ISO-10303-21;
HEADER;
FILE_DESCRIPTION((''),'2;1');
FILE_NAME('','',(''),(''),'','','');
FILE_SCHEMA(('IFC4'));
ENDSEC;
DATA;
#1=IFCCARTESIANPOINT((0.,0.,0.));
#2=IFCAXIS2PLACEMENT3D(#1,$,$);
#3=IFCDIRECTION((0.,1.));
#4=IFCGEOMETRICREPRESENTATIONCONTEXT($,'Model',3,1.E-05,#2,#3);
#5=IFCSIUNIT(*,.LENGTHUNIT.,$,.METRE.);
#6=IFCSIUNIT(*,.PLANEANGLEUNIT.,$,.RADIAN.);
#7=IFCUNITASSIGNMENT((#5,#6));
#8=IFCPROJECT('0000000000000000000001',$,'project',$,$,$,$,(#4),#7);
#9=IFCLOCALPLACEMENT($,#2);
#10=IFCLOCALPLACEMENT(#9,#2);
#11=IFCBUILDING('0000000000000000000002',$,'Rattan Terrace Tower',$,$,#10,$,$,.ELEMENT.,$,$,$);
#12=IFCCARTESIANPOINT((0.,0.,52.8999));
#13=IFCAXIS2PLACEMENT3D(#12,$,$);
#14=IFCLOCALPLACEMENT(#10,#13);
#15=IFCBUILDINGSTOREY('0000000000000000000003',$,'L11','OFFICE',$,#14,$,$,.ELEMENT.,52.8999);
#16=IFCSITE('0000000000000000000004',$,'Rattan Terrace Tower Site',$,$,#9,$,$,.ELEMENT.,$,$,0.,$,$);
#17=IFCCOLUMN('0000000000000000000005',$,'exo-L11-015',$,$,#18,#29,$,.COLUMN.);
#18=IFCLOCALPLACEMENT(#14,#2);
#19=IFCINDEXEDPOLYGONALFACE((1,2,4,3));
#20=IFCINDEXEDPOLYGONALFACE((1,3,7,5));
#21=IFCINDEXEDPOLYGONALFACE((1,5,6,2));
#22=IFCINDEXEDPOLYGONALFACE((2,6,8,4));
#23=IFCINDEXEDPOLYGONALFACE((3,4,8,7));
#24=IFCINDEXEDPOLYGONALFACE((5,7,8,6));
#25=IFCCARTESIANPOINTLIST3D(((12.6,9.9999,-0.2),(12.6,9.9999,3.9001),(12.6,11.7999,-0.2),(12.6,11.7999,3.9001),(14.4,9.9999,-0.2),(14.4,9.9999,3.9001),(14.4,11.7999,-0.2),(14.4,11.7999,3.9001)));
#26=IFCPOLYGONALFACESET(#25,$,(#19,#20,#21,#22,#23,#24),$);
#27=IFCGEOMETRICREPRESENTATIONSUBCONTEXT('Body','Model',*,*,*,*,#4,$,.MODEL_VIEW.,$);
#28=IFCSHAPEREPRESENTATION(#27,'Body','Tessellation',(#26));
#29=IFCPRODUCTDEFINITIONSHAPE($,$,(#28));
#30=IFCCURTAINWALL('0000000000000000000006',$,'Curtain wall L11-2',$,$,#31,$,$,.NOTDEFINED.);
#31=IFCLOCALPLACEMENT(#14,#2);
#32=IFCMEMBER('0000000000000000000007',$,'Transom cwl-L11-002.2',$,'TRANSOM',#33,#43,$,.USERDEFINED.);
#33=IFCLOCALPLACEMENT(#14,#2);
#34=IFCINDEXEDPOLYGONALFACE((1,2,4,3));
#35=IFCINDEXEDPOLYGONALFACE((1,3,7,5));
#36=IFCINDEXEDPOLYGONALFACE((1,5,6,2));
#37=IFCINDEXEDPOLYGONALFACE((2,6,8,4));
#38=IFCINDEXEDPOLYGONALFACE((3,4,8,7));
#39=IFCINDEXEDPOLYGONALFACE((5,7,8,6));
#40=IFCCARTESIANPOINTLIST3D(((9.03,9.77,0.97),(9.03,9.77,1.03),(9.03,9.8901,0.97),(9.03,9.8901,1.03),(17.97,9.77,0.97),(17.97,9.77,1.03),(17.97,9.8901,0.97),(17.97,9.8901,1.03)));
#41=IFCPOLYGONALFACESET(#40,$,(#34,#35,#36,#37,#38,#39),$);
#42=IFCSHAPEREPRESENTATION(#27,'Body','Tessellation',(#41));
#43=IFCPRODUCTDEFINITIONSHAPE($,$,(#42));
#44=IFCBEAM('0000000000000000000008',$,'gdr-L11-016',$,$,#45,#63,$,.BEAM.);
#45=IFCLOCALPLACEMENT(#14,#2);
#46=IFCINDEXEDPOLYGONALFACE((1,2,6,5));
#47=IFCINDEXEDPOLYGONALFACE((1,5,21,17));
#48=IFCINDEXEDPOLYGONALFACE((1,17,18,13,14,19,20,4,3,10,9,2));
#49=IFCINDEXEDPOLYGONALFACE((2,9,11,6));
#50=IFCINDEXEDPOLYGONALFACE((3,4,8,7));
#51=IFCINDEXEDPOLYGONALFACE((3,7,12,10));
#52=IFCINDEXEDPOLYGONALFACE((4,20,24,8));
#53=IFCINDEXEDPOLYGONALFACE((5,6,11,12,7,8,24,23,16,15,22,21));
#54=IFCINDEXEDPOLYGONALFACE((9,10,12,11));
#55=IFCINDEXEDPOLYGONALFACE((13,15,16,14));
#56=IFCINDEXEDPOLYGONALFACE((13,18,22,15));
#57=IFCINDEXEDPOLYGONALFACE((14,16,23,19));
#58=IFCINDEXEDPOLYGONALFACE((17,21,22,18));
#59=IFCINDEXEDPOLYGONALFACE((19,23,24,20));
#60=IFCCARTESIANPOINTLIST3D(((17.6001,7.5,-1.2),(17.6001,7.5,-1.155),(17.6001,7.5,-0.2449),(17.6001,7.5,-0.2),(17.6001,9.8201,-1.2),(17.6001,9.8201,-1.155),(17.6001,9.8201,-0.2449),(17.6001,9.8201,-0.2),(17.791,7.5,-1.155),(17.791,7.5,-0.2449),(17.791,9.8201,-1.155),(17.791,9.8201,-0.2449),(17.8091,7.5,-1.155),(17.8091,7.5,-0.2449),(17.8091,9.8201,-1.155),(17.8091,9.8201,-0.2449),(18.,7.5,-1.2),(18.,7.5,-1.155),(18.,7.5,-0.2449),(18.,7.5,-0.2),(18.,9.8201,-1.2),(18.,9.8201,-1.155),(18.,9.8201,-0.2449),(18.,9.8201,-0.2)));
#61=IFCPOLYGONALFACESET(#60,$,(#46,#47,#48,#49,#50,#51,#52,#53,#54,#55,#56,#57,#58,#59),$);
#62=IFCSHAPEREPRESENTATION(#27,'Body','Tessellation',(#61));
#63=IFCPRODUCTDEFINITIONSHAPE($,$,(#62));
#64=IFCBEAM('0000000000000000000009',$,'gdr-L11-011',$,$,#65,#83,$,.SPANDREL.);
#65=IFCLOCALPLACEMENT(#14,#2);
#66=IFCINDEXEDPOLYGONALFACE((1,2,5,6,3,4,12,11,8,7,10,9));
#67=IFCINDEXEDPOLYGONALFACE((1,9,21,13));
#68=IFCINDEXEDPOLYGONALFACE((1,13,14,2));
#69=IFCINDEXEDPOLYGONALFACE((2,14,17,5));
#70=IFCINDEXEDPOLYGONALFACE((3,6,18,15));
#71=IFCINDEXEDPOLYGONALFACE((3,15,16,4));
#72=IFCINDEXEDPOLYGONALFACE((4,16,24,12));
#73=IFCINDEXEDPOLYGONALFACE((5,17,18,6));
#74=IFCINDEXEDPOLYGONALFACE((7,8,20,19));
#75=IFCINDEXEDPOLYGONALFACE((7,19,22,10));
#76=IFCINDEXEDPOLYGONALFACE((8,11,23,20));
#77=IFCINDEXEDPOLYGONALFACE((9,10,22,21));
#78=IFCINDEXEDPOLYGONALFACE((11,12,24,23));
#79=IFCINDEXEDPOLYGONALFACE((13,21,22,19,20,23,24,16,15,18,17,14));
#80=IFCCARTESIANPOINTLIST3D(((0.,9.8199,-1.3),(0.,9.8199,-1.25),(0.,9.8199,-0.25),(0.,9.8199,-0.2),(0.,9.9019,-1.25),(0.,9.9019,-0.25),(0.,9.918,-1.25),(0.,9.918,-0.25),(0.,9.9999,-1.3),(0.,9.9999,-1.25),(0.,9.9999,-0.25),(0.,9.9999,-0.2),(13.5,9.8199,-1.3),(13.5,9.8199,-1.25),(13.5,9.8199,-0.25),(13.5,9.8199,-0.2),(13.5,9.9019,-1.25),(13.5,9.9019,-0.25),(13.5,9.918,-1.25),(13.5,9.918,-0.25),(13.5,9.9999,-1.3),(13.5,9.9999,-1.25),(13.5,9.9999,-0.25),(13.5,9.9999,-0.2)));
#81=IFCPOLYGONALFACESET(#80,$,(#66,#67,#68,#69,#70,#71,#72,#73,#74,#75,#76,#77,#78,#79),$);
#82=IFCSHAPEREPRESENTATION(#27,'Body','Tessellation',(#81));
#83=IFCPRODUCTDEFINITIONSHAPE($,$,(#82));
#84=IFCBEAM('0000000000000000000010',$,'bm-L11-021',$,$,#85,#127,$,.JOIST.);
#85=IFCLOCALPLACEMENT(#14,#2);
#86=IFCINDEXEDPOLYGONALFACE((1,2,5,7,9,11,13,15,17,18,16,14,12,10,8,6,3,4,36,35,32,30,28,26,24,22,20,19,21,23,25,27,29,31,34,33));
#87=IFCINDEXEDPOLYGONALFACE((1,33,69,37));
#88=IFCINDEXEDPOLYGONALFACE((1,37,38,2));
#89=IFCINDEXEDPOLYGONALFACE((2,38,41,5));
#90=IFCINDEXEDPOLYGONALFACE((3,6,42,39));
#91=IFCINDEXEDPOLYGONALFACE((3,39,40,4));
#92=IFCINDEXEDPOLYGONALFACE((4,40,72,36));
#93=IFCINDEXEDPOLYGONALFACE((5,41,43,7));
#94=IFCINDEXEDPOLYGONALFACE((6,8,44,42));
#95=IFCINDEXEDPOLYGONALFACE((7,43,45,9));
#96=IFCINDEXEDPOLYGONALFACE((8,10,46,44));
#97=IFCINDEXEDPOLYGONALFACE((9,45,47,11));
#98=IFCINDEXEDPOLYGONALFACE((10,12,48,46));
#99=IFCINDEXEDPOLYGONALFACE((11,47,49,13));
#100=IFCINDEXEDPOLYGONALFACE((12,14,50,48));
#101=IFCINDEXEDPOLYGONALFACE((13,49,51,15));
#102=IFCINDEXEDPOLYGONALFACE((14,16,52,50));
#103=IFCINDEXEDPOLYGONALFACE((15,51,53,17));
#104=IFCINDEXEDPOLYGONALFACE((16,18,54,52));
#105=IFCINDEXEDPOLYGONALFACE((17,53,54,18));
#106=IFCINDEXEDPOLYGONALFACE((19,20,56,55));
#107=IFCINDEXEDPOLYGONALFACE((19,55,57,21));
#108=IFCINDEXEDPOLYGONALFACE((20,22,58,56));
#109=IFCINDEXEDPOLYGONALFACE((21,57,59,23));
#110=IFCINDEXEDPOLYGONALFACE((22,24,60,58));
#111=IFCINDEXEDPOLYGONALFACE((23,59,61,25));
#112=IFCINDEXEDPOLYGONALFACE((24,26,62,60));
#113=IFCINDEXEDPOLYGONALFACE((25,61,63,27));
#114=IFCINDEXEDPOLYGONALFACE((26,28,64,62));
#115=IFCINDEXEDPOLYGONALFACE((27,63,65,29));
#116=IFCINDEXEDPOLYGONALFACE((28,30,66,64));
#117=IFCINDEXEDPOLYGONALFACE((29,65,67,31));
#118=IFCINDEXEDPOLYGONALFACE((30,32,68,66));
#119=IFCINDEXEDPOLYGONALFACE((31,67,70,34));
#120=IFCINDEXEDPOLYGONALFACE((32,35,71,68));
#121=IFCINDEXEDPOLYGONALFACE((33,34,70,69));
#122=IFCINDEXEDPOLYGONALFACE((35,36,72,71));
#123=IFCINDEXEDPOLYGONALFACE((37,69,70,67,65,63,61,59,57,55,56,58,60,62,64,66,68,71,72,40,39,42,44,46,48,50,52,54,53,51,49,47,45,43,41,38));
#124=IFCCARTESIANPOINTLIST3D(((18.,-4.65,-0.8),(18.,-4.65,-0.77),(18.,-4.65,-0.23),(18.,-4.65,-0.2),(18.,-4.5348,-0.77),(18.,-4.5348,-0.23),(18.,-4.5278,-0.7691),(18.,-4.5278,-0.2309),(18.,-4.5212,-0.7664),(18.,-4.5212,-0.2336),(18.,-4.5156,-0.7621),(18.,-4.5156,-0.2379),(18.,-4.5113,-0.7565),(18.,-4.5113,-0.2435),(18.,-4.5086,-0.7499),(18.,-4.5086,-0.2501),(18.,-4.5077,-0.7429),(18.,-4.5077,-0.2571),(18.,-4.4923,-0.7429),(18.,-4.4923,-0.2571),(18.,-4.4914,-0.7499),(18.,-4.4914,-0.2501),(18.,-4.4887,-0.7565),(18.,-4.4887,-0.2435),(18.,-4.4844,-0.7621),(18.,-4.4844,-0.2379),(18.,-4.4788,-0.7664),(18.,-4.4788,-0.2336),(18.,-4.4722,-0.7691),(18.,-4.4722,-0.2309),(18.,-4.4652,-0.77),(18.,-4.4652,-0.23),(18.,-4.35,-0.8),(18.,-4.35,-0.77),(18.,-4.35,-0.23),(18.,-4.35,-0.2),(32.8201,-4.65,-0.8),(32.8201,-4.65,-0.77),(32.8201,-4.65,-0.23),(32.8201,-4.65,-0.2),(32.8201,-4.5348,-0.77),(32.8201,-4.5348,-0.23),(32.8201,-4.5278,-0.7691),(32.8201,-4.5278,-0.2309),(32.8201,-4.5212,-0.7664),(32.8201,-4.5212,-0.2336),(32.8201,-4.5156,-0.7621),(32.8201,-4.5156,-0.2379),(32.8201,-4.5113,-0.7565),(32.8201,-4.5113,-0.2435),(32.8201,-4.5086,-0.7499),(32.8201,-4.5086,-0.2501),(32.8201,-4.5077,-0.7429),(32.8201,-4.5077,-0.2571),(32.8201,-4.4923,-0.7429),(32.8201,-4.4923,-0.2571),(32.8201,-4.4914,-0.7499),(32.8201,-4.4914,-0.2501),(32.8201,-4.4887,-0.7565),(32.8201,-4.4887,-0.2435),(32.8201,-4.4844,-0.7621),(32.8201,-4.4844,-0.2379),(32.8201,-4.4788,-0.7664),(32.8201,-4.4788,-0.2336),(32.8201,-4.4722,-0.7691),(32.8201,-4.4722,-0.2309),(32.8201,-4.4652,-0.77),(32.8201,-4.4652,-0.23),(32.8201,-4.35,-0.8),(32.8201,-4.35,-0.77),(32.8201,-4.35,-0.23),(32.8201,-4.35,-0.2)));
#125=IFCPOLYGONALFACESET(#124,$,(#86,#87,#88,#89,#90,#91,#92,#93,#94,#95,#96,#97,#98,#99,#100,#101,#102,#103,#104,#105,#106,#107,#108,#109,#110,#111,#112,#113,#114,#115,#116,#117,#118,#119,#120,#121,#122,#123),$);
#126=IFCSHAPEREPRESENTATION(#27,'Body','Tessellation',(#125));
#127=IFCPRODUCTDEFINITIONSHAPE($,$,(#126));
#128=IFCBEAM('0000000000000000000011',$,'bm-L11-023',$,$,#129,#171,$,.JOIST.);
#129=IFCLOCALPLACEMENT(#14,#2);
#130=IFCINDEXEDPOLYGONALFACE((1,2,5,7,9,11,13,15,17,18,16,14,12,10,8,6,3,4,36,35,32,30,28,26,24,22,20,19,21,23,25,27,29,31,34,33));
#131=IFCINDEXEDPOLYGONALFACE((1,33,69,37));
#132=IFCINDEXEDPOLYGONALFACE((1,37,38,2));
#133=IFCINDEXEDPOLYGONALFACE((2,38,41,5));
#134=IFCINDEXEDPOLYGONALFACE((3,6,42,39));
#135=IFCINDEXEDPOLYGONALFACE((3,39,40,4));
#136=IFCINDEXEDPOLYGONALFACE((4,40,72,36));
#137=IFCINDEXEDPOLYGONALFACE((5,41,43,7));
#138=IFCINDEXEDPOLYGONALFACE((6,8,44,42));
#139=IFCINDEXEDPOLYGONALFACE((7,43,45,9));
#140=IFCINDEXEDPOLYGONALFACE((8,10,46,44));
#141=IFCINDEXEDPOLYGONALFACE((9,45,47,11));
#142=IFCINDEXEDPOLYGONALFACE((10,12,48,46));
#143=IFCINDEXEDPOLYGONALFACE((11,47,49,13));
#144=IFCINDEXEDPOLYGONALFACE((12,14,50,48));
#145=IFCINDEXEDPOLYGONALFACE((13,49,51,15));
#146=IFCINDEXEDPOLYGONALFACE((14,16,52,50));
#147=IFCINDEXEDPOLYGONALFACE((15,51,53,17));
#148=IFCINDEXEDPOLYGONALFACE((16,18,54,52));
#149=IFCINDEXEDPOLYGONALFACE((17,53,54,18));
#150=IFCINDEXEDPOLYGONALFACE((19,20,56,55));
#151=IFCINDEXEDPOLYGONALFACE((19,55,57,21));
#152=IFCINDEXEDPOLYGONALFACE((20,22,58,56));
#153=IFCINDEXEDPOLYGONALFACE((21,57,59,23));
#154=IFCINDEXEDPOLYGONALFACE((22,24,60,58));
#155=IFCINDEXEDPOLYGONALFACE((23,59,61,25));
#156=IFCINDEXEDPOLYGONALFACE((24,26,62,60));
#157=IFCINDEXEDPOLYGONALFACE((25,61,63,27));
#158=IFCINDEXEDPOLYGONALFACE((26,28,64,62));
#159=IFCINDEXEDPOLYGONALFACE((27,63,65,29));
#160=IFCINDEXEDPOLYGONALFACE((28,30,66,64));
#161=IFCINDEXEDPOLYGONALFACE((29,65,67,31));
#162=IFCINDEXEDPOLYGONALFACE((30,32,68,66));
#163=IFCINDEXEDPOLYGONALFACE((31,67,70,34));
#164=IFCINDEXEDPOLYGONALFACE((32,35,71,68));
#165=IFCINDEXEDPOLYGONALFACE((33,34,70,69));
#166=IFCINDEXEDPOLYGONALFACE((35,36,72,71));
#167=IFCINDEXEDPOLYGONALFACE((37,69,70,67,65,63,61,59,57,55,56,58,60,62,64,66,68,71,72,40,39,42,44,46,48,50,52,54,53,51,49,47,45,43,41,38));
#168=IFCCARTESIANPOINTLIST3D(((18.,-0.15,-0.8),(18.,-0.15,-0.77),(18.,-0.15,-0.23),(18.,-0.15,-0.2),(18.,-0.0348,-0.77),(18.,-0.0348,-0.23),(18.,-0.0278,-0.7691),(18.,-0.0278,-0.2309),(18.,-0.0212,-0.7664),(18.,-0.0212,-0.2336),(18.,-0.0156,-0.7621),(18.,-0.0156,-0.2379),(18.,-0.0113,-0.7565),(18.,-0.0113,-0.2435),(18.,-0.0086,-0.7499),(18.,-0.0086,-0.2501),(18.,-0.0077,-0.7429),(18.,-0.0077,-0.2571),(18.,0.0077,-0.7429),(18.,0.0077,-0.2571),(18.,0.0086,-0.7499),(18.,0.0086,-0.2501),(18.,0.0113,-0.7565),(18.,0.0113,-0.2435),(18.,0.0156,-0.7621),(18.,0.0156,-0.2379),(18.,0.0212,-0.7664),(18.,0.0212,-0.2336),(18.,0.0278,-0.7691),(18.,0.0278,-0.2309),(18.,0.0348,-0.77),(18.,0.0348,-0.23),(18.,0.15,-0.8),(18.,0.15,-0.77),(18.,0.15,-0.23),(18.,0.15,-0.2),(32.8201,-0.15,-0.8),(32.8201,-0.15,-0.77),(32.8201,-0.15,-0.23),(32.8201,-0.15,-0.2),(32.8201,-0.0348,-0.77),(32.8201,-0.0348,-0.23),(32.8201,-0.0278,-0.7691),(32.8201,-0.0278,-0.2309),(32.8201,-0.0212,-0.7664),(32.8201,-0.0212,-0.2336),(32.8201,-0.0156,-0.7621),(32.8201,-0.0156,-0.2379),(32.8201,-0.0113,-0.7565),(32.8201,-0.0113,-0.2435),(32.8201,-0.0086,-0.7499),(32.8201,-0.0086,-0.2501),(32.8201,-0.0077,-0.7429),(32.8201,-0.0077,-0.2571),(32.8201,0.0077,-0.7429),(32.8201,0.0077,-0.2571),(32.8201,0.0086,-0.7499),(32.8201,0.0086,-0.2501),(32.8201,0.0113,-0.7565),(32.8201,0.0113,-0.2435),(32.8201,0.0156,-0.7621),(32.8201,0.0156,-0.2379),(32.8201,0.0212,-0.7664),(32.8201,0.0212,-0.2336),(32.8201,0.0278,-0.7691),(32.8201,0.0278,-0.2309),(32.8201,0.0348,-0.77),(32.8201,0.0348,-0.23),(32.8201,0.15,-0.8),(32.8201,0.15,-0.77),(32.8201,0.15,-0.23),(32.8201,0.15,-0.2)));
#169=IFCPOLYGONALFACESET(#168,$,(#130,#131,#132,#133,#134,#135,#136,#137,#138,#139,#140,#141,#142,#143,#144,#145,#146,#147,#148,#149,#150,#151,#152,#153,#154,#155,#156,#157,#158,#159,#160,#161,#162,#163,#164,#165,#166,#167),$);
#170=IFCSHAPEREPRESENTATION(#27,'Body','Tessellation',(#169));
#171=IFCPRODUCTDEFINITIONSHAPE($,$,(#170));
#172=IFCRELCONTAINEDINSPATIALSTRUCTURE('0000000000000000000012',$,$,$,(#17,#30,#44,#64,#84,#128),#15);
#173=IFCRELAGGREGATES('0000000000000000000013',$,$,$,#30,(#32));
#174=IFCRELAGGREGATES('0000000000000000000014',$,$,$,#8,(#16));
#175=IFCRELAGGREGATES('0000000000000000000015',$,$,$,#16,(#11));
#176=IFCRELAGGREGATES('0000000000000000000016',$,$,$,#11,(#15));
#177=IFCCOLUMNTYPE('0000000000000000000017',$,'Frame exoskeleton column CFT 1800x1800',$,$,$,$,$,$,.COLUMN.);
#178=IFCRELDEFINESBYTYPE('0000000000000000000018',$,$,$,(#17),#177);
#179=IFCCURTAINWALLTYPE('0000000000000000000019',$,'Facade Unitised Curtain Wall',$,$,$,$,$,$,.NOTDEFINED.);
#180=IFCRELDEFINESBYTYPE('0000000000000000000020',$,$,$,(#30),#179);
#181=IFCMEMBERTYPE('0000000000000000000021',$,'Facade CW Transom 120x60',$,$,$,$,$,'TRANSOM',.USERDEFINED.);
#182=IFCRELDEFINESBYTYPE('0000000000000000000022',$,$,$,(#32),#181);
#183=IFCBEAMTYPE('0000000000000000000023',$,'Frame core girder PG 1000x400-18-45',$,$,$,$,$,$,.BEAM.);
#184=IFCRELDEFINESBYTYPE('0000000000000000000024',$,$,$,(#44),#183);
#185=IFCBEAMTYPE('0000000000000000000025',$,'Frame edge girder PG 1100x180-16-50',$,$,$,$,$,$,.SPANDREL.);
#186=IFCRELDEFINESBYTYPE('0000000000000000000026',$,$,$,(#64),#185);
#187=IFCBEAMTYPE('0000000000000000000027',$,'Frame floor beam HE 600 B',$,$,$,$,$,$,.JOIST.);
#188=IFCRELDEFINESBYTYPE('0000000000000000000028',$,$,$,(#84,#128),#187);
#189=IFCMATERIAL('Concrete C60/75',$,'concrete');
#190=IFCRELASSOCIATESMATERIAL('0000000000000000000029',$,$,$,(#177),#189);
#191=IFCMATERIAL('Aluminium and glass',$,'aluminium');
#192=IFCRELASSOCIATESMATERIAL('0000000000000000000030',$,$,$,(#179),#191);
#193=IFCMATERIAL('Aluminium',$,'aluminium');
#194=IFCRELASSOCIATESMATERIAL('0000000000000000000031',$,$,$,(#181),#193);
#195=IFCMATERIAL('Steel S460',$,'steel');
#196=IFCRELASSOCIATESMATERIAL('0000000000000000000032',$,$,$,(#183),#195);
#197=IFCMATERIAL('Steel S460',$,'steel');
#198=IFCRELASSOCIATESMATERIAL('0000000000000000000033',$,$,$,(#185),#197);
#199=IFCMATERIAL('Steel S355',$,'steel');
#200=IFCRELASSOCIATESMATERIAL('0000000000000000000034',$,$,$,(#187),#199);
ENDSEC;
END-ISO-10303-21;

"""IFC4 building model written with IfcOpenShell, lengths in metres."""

from ifc_helpers import new_model, si_unit, direction, frame, origin, origin_2d, place, context, subcontext, project, spatial, rectangle, i_section, extrude, material, material_profile, profile_set, type_object, element, aggregate, save


model = new_model("IFC4")

# Units and contexts
model_context = context("Model", 3, precision=1e-05, world=origin(), true_north=direction((0.0, 1.0)))
body_context = subcontext(model_context, "Body", "Model", "MODEL_VIEW")
ifc_project = project(units=[si_unit("LENGTHUNIT", "METRE"), si_unit("PLANEANGLEUNIT", "RADIAN")], contexts=[model_context])

# Site, building, storey
site_placement = place(None, origin())
site = spatial("IfcSite", under=ifc_project, at=site_placement, Name="Rattan Terrace Tower Site", CompositionType="ELEMENT", RefElevation=0.0)
building_placement = place(site_placement, origin())
building = spatial("IfcBuilding", under=site, at=building_placement, Name="Rattan Terrace Tower", CompositionType="ELEMENT")
storey_placement = place(building_placement, frame((0.0, 0.0, 52.8999)))
storey = spatial("IfcBuildingStorey", under=building, at=storey_placement, Name="L11", Description="OFFICE", CompositionType="ELEMENT", Elevation=52.8999)

# Column
ifc_material_1 = material(Name="Concrete C60/75", Category="concrete")
ifc_material_profile_1 = material_profile(ifc_material_1, rectangle(XDim=1.8, YDim=1.8, at=origin_2d()), Name="CFT 1800x1800")
ifc_profile_set_1 = profile_set([ifc_material_profile_1], Name="Concrete C60/75")
column_type = type_object("IfcColumnType", Name="Frame exoskeleton column CFT 1800x1800", PredefinedType="COLUMN", material=ifc_profile_set_1)
column_placement = place(storey_placement, frame((13.5, 10.8999, -0.2), z_axis=(0.0, 0.0, 1.0), x_axis=(1.0, 0.0, 0.0)))
element("IfcColumn", 1, at=column_placement, inside=storey, type_object=column_type, Name="exo-L11-015", PredefinedType="COLUMN", context=body_context, shape_type="SweptSolid", body=[
    extrude(rectangle(XDim=1.8, YDim=1.8, at=origin_2d()), origin(), (0.0, 0.0, 1.0), 4.1001),
])

# Curtain wall, member
ifc_material_2 = material(Name="Aluminium and glass", Category="aluminium")
curtain_wall_type = type_object("IfcCurtainWallType", Name="Facade Unitised Curtain Wall", PredefinedType="NOTDEFINED", material=ifc_material_2)
curtain_wall_placement = place(storey_placement, origin())
curtain_wall = element("IfcCurtainWall", 2, at=curtain_wall_placement, inside=storey, type_object=curtain_wall_type, Name="Curtain wall L11-2", PredefinedType="NOTDEFINED")
ifc_material_3 = material(Name="Aluminium", Category="aluminium")
ifc_material_profile_2 = material_profile(ifc_material_3, rectangle(XDim=0.1201, YDim=0.0601, at=origin_2d()), Name="Aluminium 120x60")
ifc_profile_set_2 = profile_set([ifc_material_profile_2], Name="Aluminium")
member_type = type_object("IfcMemberType", Name="Facade CW Transom 120x60", ElementType="TRANSOM", PredefinedType="USERDEFINED", material=ifc_profile_set_2)
member_placement = place(storey_placement, frame((17.97, 9.8301, 1.0), z_axis=(-1.0, 0.0, 0.0), x_axis=(0.0, -1.0, 0.0)))
member = element("IfcMember", 3, at=member_placement, type_object=member_type, Name="Transom cwl-L11-002.2", ObjectType="TRANSOM", PredefinedType="USERDEFINED", context=body_context, shape_type="SweptSolid", body=[
    extrude(rectangle(XDim=0.1201, YDim=0.0601, at=origin_2d()), origin(), (0.0, 0.0, 1.0), 8.9399),
])

# Beams
ifc_material_4 = material(Name="Steel S460", Category="steel")
ifc_material_profile_3 = material_profile(ifc_material_4, i_section(OverallWidth=0.3999, OverallDepth=1.0, WebThickness=0.0181, FlangeThickness=0.0449, at=origin_2d()), Name="PG 1000x400-18-45")
ifc_profile_set_3 = profile_set([ifc_material_profile_3], Name="Steel S460")
beam_type_1 = type_object("IfcBeamType", Name="Frame core girder PG 1000x400-18-45", PredefinedType="BEAM", material=ifc_profile_set_3)
beam_1_placement = place(storey_placement, frame((17.8, 7.5, -0.7), z_axis=(0.0, 1.0, 0.0), x_axis=(-1.0, 0.0, 0.0)))
element("IfcBeam", 4, at=beam_1_placement, inside=storey, type_object=beam_type_1, Name="gdr-L11-016", PredefinedType="BEAM", context=body_context, shape_type="SweptSolid", body=[
    extrude(i_section(OverallWidth=0.3999, OverallDepth=1.0, WebThickness=0.0181, FlangeThickness=0.0449, at=origin_2d()), origin(), (0.0, 0.0, 1.0), 2.3201),
])
ifc_material_5 = material(Name="Steel S460", Category="steel")
ifc_material_profile_4 = material_profile(ifc_material_5, i_section(OverallWidth=0.1799, OverallDepth=1.1001, WebThickness=0.0161, FlangeThickness=0.05, at=origin_2d()), Name="PG 1100x180-16-50")
ifc_profile_set_4 = profile_set([ifc_material_profile_4], Name="Steel S460")
beam_type_2 = type_object("IfcBeamType", Name="Frame edge girder PG 1100x180-16-50", PredefinedType="SPANDREL", material=ifc_profile_set_4)
beam_2_placement = place(storey_placement, frame((13.5, 9.9099, -0.75), z_axis=(-1.0, 0.0, 0.0), x_axis=(0.0, -1.0, 0.0)))
element("IfcBeam", 5, at=beam_2_placement, inside=storey, type_object=beam_type_2, Name="gdr-L11-011", PredefinedType="SPANDREL", context=body_context, shape_type="SweptSolid", body=[
    extrude(i_section(OverallWidth=0.1799, OverallDepth=1.1001, WebThickness=0.0161, FlangeThickness=0.05, at=origin_2d()), origin(), (0.0, 0.0, 1.0), 13.5),
])
ifc_material_6 = material(Name="Steel S355", Category="steel")
ifc_material_profile_5 = material_profile(ifc_material_6, i_section(OverallWidth=0.3, OverallDepth=0.6001, WebThickness=0.0154, FlangeThickness=0.03, FilletRadius=0.0271, at=origin_2d()), Name="HE 600 B")
ifc_profile_set_5 = profile_set([ifc_material_profile_5], Name="Steel S355")
beam_type_3 = type_object("IfcBeamType", Name="Frame floor beam HE 600 B", PredefinedType="JOIST", material=ifc_profile_set_5)
for number, where, z_axis, x_axis, name in (
    (6, (18.0, -4.5, -0.5), (1.0, 0.0, 0.0), (0.0, 1.0, 0.0), "bm-L11-021"),
    (7, (18.0, 0.0, -0.5), (1.0, 0.0, 0.0), (0.0, 1.0, 0.0), "bm-L11-023"),
):
    element("IfcBeam", number, at=place(storey_placement, frame(where, z_axis=z_axis, x_axis=x_axis)), inside=storey, type_object=beam_type_3, Name=name, PredefinedType="JOIST", context=body_context, shape_type="SweptSolid", body=[
        extrude(i_section(OverallWidth=0.3, OverallDepth=0.6001, WebThickness=0.0154, FlangeThickness=0.03, FilletRadius=0.0271, at=origin_2d()), origin(), (0.0, 0.0, 1.0), 14.8201),
    ])

aggregate(curtain_wall, [member])

save(model, "model.ifc")
